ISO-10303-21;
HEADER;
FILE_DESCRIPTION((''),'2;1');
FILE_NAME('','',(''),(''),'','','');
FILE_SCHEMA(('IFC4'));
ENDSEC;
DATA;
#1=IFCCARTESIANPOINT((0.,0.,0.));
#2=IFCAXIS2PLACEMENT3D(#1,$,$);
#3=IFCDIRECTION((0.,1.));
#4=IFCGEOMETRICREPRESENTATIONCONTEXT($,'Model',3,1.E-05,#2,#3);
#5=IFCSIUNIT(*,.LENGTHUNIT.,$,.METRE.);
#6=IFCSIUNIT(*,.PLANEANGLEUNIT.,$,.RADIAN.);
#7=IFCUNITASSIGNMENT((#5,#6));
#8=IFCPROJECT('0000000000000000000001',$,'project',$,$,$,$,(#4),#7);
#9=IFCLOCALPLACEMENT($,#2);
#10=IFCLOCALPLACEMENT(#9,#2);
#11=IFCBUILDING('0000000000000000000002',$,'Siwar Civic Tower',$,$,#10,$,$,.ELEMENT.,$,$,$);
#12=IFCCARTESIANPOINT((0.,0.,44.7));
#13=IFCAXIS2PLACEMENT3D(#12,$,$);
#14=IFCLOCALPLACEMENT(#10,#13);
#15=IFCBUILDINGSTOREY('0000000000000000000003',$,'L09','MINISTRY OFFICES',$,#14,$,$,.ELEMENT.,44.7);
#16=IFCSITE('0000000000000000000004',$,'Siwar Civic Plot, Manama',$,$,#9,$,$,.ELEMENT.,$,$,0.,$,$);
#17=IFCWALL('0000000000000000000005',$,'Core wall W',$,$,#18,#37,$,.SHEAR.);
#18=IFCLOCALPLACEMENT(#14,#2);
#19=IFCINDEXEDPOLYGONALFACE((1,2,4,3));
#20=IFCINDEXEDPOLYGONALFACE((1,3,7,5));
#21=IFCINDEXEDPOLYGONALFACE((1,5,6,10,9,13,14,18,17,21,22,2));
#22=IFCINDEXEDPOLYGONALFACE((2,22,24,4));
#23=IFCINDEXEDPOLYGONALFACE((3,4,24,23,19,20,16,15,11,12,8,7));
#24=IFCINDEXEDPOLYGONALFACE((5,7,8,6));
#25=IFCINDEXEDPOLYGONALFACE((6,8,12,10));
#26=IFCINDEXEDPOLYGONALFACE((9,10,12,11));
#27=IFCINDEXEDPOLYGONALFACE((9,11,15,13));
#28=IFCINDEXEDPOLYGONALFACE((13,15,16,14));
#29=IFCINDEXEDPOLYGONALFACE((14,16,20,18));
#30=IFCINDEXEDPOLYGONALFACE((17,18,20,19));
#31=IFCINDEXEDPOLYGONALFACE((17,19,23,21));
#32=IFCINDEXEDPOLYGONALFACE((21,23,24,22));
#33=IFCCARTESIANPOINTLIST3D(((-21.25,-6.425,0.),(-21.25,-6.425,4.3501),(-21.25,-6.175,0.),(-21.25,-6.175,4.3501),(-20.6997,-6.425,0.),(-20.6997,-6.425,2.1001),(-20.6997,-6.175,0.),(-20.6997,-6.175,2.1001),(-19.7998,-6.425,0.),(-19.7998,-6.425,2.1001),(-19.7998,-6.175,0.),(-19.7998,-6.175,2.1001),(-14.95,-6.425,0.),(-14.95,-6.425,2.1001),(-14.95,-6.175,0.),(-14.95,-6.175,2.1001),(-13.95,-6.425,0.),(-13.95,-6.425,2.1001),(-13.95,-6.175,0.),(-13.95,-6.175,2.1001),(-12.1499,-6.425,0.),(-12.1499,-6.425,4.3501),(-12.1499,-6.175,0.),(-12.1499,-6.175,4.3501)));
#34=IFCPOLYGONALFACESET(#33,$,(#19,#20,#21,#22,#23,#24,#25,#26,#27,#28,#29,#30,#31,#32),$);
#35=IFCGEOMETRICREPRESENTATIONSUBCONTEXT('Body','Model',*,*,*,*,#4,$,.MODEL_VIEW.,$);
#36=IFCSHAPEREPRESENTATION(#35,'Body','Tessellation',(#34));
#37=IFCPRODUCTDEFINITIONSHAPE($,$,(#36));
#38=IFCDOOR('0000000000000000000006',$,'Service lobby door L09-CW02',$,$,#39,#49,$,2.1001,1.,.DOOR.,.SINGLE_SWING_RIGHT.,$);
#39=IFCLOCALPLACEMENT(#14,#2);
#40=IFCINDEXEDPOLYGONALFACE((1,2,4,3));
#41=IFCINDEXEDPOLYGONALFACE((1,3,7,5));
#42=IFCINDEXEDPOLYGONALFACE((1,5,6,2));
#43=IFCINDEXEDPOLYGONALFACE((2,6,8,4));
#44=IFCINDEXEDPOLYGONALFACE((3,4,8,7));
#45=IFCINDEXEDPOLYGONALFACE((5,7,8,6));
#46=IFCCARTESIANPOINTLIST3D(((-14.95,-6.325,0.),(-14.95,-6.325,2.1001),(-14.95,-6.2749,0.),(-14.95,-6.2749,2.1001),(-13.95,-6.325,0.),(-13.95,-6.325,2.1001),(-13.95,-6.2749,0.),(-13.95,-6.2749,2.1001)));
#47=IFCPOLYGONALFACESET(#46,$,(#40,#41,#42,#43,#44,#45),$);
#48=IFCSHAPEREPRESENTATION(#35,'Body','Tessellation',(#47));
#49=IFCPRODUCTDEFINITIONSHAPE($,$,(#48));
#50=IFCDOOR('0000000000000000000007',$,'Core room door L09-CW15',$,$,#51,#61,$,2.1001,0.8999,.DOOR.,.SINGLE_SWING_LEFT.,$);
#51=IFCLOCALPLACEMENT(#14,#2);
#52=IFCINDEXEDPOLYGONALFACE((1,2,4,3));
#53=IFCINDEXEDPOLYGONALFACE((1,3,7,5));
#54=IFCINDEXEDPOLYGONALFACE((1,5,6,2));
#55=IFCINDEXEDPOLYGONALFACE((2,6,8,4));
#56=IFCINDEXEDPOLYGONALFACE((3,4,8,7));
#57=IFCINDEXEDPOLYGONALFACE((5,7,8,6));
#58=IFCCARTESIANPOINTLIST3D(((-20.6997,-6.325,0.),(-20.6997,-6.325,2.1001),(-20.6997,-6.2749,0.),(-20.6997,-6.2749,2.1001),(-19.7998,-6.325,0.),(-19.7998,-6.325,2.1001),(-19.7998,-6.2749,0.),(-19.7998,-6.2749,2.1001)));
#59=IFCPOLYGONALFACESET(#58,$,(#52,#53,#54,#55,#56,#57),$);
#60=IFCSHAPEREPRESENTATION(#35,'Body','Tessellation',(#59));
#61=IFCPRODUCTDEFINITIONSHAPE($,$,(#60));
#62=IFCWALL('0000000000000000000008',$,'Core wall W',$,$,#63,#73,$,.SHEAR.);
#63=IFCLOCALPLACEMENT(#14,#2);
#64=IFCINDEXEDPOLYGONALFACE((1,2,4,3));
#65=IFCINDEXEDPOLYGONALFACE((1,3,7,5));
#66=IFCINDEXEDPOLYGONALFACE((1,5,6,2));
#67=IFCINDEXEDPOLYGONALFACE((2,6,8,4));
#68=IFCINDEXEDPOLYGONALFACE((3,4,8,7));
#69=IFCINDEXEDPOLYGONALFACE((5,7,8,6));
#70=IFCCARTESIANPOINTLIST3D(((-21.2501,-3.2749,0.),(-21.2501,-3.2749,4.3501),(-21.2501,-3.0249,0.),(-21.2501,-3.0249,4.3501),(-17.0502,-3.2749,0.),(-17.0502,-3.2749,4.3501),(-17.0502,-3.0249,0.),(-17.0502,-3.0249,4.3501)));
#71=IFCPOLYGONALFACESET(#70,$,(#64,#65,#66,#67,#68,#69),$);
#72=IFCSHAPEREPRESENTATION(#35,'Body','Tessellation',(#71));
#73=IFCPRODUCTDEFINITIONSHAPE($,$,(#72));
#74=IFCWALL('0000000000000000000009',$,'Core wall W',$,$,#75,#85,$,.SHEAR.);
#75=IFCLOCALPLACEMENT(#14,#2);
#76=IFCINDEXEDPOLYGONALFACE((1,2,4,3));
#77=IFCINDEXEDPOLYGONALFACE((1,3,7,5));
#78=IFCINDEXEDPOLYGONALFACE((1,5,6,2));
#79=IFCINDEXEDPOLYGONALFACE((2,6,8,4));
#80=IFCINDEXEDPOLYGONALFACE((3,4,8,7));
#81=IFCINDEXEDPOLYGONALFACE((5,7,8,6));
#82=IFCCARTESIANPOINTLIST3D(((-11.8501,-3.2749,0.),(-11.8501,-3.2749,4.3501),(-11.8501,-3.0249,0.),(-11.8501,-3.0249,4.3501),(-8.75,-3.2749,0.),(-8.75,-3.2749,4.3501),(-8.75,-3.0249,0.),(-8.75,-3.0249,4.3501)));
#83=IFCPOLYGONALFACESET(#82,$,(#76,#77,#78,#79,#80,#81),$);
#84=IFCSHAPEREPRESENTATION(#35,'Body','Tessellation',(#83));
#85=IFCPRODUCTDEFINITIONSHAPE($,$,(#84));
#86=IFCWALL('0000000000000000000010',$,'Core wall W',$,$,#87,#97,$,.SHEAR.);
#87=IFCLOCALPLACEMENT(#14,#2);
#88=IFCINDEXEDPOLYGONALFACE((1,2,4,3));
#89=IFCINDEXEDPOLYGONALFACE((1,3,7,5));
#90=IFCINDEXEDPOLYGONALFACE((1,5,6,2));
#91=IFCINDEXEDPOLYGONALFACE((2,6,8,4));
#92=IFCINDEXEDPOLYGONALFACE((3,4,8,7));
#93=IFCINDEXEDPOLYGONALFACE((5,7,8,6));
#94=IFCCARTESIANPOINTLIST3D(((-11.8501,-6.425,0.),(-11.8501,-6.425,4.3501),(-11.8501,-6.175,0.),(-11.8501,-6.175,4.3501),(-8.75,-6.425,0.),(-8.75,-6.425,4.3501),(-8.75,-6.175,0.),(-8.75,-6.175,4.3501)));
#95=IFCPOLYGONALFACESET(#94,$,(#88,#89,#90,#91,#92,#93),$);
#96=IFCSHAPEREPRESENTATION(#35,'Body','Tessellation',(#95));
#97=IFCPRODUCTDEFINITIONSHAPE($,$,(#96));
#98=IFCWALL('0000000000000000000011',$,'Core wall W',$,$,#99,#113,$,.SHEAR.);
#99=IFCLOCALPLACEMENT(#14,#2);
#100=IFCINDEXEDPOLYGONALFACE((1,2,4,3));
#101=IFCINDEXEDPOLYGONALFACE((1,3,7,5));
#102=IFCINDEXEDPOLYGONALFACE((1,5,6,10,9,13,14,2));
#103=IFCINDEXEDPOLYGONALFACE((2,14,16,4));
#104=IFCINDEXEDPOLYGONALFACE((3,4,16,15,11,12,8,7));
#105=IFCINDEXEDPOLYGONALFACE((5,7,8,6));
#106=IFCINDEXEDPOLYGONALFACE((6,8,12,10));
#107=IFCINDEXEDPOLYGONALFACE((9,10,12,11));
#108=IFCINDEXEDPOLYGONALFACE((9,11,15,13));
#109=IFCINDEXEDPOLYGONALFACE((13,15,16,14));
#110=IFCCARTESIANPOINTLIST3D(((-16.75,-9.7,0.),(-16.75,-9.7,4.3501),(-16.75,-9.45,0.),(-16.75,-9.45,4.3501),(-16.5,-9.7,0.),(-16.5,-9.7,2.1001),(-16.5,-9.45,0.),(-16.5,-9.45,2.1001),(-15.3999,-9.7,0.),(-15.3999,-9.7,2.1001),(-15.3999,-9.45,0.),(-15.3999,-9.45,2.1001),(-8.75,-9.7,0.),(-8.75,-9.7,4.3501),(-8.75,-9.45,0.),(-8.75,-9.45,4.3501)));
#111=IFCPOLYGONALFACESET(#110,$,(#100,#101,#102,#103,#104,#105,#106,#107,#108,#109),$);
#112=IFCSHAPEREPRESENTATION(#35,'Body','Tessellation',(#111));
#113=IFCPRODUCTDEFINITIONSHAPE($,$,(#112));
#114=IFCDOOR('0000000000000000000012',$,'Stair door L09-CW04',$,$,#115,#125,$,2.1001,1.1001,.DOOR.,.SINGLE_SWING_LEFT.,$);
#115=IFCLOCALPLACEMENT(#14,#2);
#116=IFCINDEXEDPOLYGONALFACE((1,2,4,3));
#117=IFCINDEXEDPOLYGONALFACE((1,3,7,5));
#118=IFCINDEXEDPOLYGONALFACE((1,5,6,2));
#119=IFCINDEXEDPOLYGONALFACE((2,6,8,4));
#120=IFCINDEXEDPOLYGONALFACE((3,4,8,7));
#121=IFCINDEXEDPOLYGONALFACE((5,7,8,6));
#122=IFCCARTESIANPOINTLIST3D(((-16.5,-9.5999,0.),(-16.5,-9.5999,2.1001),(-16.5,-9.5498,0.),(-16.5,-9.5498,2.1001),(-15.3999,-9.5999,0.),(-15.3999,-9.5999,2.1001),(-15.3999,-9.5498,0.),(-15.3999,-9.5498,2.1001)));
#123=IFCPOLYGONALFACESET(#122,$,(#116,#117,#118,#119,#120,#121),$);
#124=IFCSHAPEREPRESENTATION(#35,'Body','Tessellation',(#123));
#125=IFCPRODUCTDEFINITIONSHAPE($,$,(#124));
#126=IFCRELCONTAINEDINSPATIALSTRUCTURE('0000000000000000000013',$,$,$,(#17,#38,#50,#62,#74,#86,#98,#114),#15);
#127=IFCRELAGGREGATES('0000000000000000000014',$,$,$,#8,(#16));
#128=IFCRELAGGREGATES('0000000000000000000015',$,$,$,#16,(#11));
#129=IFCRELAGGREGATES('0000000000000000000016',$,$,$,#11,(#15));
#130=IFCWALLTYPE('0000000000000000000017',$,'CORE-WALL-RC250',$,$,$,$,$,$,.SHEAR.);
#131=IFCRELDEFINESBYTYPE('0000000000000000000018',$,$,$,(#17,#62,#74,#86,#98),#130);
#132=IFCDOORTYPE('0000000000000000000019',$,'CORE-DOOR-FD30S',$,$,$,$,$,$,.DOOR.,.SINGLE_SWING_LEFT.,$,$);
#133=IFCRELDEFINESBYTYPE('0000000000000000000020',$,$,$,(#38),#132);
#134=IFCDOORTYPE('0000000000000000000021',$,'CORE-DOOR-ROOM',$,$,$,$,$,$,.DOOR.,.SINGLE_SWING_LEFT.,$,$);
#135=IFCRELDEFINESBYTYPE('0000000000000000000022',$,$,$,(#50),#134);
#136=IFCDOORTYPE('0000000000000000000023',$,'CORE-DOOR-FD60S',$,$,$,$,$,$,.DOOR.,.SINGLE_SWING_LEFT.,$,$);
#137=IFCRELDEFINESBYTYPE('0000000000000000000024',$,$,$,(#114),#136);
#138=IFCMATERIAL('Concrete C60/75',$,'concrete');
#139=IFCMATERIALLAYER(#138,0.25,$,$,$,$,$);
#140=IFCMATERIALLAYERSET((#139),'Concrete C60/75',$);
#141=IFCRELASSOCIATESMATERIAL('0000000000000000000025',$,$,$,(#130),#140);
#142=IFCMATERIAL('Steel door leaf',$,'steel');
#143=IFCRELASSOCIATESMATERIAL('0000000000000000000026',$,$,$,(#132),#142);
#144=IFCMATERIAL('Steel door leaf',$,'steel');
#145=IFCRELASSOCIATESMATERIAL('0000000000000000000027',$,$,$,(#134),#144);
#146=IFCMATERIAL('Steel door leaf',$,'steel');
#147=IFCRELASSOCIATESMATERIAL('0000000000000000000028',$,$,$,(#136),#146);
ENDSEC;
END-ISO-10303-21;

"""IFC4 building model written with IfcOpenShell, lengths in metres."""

from ifc_helpers import new_model, si_unit, direction, frame, frame_2d, origin, place, context, subcontext, project, spatial, rectangle, extrude, material, layer, layer_set, type_object, element, fill, save


model = new_model("IFC4")

# Units and contexts
model_context = context("Model", 3, precision=1e-05, world=origin(), true_north=direction((0.0, 1.0)))
body_context = subcontext(model_context, "Body", "Model", "MODEL_VIEW")
ifc_project = project(units=[si_unit("LENGTHUNIT", "METRE"), si_unit("PLANEANGLEUNIT", "RADIAN")], contexts=[model_context])

# Site, building, storey
site_placement = place(None, origin())
site = spatial("IfcSite", under=ifc_project, at=site_placement, Name="Siwar Civic Plot, Manama", CompositionType="ELEMENT", RefElevation=0.0)
building_placement = place(site_placement, origin())
building = spatial("IfcBuilding", under=site, at=building_placement, Name="Siwar Civic Tower", CompositionType="ELEMENT")
storey_placement = place(building_placement, frame((0.0, 0.0, 44.7)))
storey = spatial("IfcBuildingStorey", under=building, at=storey_placement, Name="L09", Description="MINISTRY OFFICES", CompositionType="ELEMENT", Elevation=44.7)

# Wall, openings, doors
ifc_material_1 = material(Name="Concrete C60/75", Category="concrete")
ifc_layer_1 = layer(ifc_material_1, 0.25)
ifc_layer_set_1 = layer_set([ifc_layer_1], Name="Concrete C60/75")
wall_type_1 = type_object("IfcWallType", Name="CORE-WALL-RC250", PredefinedType="SHEAR", material=ifc_layer_set_1)
wall_1_placement = place(storey_placement, frame((-12.1499, -6.3, 0.0), z_axis=(0.0, 0.0, 1.0), x_axis=(-1.0, 0.0, 0.0)))
wall_1 = element("IfcWall", 1, at=wall_1_placement, inside=storey, type_object=wall_type_1, Name="Core wall W", PredefinedType="SHEAR", context=body_context, shape_type="SweptSolid", body=[
    extrude(rectangle(XDim=9.1001, YDim=0.25, at=frame_2d((4.55, 0.0))), origin(), (0.0, 0.0, 1.0), 4.3501),
])
opening_1_placement = place(wall_1_placement, frame((1.8, 0.0, 0.0)))
opening_1 = element("IfcOpeningElement", 2, at=opening_1_placement, cuts=wall_1, PredefinedType="OPENING", context=body_context, shape_type="SweptSolid", body=[
    extrude(rectangle(XDim=1.0, YDim=2.1001, at=frame_2d((0.5, 1.05))), frame((0.0, 0.135, 0.0), z_axis=(0.0, -1.0, 0.0), x_axis=(1.0, 0.0, 0.0)), (0.0, 0.0, 1.0), 0.27),
])
opening_2_placement = place(wall_1_placement, frame((7.6499, 0.0, 0.0)))
opening_2 = element("IfcOpeningElement", 3, at=opening_2_placement, cuts=wall_1, PredefinedType="OPENING", context=body_context, shape_type="SweptSolid", body=[
    extrude(rectangle(XDim=0.8999, YDim=2.1001, at=frame_2d((0.45, 1.05))), frame((0.0, 0.135, 0.0), z_axis=(0.0, -1.0, 0.0), x_axis=(1.0, 0.0, 0.0)), (0.0, 0.0, 1.0), 0.27),
])
ifc_material_2 = material(Name="Steel door leaf", Category="steel")
door_type_1 = type_object("IfcDoorType", Name="CORE-DOOR-FD30S", OperationType="SINGLE_SWING_LEFT", PredefinedType="DOOR", material=ifc_material_2)
door_1_placement = place(opening_1_placement, origin())
door_1 = element("IfcDoor", 4, at=door_1_placement, inside=storey, type_object=door_type_1, Name="Service lobby door L09-CW02", OperationType="SINGLE_SWING_RIGHT", OverallHeight=2.1001, OverallWidth=1.0, PredefinedType="DOOR", context=body_context, shape_type="SweptSolid", body=[
    extrude(rectangle(XDim=1.0, YDim=2.1001, at=frame_2d((0.5, 1.05))), frame((0.0, 0.0249, 0.0), z_axis=(0.0, -1.0, 0.0), x_axis=(1.0, 0.0, 0.0)), (0.0, 0.0, 1.0), 0.05),
])
fill(opening_1, door_1)
ifc_material_3 = material(Name="Steel door leaf", Category="steel")
door_type_2 = type_object("IfcDoorType", Name="CORE-DOOR-ROOM", OperationType="SINGLE_SWING_LEFT", PredefinedType="DOOR", material=ifc_material_3)
door_2_placement = place(opening_2_placement, origin())
door_2 = element("IfcDoor", 5, at=door_2_placement, inside=storey, type_object=door_type_2, Name="Core room door L09-CW15", OperationType="SINGLE_SWING_LEFT", OverallHeight=2.1001, OverallWidth=0.8999, PredefinedType="DOOR", context=body_context, shape_type="SweptSolid", body=[
    extrude(rectangle(XDim=0.8999, YDim=2.1001, at=frame_2d((0.45, 1.05))), frame((0.0, 0.0249, 0.0), z_axis=(0.0, -1.0, 0.0), x_axis=(1.0, 0.0, 0.0)), (0.0, 0.0, 1.0), 0.05),
])
fill(opening_2, door_2)

# Walls
wall_2_placement = place(storey_placement, frame((-17.05, -3.1499, 0.0), z_axis=(0.0, 0.0, 1.0), x_axis=(-1.0, 0.0, 0.0)))
element("IfcWall", 6, at=wall_2_placement, inside=storey, type_object=wall_type_1, Name="Core wall W", PredefinedType="SHEAR", context=body_context, shape_type="SweptSolid", body=[
    extrude(rectangle(XDim=4.2, YDim=0.25, at=frame_2d((2.1001, 0.0))), origin(), (0.0, 0.0, 1.0), 4.3501),
])
for number, where, z_axis, x_axis, name in (
    (7, (-8.75, -3.1499, 0.0), (0.0, 0.0, 1.0), (-1.0, 0.0, 0.0), "Core wall W"),
    (8, (-8.75, -6.3, 0.0), (0.0, 0.0, 1.0), (-1.0, 0.0, 0.0), "Core wall W"),
):
    element("IfcWall", number, at=place(storey_placement, frame(where, z_axis=z_axis, x_axis=x_axis)), inside=storey, type_object=wall_type_1, Name=name, PredefinedType="SHEAR", context=body_context, shape_type="SweptSolid", body=[
        extrude(rectangle(XDim=3.1001, YDim=0.25, at=frame_2d((1.55, 0.0))), origin(), (0.0, 0.0, 1.0), 4.3501),
    ])

# Wall, opening, door
wall_3_placement = place(storey_placement, frame((-8.75, -9.575, 0.0), z_axis=(0.0, 0.0, 1.0), x_axis=(-1.0, 0.0, 0.0)))
wall_3 = element("IfcWall", 9, at=wall_3_placement, inside=storey, type_object=wall_type_1, Name="Core wall W", PredefinedType="SHEAR", context=body_context, shape_type="SweptSolid", body=[
    extrude(rectangle(XDim=8.0, YDim=0.25, at=frame_2d((4.0, 0.0))), origin(), (0.0, 0.0, 1.0), 4.3501),
])
opening_3_placement = place(wall_3_placement, frame((6.6499, 0.0, 0.0)))
opening_3 = element("IfcOpeningElement", 10, at=opening_3_placement, cuts=wall_3, PredefinedType="OPENING", context=body_context, shape_type="SweptSolid", body=[
    extrude(rectangle(XDim=1.1001, YDim=2.1001, at=frame_2d((0.55, 1.05))), frame((0.0, 0.135, 0.0), z_axis=(0.0, -1.0, 0.0), x_axis=(1.0, 0.0, 0.0)), (0.0, 0.0, 1.0), 0.27),
])
ifc_material_4 = material(Name="Steel door leaf", Category="steel")
door_type_3 = type_object("IfcDoorType", Name="CORE-DOOR-FD60S", OperationType="SINGLE_SWING_LEFT", PredefinedType="DOOR", material=ifc_material_4)
door_3_placement = place(opening_3_placement, origin())
door_3 = element("IfcDoor", 11, at=door_3_placement, inside=storey, type_object=door_type_3, Name="Stair door L09-CW04", OperationType="SINGLE_SWING_LEFT", OverallHeight=2.1001, OverallWidth=1.1001, PredefinedType="DOOR", context=body_context, shape_type="SweptSolid", body=[
    extrude(rectangle(XDim=1.1001, YDim=2.1001, at=frame_2d((0.55, 1.05))), frame((0.0, 0.0249, 0.0), z_axis=(0.0, -1.0, 0.0), x_axis=(1.0, 0.0, 0.0)), (0.0, 0.0, 1.0), 0.05),
])
fill(opening_3, door_3)

save(model, "model.ifc")
